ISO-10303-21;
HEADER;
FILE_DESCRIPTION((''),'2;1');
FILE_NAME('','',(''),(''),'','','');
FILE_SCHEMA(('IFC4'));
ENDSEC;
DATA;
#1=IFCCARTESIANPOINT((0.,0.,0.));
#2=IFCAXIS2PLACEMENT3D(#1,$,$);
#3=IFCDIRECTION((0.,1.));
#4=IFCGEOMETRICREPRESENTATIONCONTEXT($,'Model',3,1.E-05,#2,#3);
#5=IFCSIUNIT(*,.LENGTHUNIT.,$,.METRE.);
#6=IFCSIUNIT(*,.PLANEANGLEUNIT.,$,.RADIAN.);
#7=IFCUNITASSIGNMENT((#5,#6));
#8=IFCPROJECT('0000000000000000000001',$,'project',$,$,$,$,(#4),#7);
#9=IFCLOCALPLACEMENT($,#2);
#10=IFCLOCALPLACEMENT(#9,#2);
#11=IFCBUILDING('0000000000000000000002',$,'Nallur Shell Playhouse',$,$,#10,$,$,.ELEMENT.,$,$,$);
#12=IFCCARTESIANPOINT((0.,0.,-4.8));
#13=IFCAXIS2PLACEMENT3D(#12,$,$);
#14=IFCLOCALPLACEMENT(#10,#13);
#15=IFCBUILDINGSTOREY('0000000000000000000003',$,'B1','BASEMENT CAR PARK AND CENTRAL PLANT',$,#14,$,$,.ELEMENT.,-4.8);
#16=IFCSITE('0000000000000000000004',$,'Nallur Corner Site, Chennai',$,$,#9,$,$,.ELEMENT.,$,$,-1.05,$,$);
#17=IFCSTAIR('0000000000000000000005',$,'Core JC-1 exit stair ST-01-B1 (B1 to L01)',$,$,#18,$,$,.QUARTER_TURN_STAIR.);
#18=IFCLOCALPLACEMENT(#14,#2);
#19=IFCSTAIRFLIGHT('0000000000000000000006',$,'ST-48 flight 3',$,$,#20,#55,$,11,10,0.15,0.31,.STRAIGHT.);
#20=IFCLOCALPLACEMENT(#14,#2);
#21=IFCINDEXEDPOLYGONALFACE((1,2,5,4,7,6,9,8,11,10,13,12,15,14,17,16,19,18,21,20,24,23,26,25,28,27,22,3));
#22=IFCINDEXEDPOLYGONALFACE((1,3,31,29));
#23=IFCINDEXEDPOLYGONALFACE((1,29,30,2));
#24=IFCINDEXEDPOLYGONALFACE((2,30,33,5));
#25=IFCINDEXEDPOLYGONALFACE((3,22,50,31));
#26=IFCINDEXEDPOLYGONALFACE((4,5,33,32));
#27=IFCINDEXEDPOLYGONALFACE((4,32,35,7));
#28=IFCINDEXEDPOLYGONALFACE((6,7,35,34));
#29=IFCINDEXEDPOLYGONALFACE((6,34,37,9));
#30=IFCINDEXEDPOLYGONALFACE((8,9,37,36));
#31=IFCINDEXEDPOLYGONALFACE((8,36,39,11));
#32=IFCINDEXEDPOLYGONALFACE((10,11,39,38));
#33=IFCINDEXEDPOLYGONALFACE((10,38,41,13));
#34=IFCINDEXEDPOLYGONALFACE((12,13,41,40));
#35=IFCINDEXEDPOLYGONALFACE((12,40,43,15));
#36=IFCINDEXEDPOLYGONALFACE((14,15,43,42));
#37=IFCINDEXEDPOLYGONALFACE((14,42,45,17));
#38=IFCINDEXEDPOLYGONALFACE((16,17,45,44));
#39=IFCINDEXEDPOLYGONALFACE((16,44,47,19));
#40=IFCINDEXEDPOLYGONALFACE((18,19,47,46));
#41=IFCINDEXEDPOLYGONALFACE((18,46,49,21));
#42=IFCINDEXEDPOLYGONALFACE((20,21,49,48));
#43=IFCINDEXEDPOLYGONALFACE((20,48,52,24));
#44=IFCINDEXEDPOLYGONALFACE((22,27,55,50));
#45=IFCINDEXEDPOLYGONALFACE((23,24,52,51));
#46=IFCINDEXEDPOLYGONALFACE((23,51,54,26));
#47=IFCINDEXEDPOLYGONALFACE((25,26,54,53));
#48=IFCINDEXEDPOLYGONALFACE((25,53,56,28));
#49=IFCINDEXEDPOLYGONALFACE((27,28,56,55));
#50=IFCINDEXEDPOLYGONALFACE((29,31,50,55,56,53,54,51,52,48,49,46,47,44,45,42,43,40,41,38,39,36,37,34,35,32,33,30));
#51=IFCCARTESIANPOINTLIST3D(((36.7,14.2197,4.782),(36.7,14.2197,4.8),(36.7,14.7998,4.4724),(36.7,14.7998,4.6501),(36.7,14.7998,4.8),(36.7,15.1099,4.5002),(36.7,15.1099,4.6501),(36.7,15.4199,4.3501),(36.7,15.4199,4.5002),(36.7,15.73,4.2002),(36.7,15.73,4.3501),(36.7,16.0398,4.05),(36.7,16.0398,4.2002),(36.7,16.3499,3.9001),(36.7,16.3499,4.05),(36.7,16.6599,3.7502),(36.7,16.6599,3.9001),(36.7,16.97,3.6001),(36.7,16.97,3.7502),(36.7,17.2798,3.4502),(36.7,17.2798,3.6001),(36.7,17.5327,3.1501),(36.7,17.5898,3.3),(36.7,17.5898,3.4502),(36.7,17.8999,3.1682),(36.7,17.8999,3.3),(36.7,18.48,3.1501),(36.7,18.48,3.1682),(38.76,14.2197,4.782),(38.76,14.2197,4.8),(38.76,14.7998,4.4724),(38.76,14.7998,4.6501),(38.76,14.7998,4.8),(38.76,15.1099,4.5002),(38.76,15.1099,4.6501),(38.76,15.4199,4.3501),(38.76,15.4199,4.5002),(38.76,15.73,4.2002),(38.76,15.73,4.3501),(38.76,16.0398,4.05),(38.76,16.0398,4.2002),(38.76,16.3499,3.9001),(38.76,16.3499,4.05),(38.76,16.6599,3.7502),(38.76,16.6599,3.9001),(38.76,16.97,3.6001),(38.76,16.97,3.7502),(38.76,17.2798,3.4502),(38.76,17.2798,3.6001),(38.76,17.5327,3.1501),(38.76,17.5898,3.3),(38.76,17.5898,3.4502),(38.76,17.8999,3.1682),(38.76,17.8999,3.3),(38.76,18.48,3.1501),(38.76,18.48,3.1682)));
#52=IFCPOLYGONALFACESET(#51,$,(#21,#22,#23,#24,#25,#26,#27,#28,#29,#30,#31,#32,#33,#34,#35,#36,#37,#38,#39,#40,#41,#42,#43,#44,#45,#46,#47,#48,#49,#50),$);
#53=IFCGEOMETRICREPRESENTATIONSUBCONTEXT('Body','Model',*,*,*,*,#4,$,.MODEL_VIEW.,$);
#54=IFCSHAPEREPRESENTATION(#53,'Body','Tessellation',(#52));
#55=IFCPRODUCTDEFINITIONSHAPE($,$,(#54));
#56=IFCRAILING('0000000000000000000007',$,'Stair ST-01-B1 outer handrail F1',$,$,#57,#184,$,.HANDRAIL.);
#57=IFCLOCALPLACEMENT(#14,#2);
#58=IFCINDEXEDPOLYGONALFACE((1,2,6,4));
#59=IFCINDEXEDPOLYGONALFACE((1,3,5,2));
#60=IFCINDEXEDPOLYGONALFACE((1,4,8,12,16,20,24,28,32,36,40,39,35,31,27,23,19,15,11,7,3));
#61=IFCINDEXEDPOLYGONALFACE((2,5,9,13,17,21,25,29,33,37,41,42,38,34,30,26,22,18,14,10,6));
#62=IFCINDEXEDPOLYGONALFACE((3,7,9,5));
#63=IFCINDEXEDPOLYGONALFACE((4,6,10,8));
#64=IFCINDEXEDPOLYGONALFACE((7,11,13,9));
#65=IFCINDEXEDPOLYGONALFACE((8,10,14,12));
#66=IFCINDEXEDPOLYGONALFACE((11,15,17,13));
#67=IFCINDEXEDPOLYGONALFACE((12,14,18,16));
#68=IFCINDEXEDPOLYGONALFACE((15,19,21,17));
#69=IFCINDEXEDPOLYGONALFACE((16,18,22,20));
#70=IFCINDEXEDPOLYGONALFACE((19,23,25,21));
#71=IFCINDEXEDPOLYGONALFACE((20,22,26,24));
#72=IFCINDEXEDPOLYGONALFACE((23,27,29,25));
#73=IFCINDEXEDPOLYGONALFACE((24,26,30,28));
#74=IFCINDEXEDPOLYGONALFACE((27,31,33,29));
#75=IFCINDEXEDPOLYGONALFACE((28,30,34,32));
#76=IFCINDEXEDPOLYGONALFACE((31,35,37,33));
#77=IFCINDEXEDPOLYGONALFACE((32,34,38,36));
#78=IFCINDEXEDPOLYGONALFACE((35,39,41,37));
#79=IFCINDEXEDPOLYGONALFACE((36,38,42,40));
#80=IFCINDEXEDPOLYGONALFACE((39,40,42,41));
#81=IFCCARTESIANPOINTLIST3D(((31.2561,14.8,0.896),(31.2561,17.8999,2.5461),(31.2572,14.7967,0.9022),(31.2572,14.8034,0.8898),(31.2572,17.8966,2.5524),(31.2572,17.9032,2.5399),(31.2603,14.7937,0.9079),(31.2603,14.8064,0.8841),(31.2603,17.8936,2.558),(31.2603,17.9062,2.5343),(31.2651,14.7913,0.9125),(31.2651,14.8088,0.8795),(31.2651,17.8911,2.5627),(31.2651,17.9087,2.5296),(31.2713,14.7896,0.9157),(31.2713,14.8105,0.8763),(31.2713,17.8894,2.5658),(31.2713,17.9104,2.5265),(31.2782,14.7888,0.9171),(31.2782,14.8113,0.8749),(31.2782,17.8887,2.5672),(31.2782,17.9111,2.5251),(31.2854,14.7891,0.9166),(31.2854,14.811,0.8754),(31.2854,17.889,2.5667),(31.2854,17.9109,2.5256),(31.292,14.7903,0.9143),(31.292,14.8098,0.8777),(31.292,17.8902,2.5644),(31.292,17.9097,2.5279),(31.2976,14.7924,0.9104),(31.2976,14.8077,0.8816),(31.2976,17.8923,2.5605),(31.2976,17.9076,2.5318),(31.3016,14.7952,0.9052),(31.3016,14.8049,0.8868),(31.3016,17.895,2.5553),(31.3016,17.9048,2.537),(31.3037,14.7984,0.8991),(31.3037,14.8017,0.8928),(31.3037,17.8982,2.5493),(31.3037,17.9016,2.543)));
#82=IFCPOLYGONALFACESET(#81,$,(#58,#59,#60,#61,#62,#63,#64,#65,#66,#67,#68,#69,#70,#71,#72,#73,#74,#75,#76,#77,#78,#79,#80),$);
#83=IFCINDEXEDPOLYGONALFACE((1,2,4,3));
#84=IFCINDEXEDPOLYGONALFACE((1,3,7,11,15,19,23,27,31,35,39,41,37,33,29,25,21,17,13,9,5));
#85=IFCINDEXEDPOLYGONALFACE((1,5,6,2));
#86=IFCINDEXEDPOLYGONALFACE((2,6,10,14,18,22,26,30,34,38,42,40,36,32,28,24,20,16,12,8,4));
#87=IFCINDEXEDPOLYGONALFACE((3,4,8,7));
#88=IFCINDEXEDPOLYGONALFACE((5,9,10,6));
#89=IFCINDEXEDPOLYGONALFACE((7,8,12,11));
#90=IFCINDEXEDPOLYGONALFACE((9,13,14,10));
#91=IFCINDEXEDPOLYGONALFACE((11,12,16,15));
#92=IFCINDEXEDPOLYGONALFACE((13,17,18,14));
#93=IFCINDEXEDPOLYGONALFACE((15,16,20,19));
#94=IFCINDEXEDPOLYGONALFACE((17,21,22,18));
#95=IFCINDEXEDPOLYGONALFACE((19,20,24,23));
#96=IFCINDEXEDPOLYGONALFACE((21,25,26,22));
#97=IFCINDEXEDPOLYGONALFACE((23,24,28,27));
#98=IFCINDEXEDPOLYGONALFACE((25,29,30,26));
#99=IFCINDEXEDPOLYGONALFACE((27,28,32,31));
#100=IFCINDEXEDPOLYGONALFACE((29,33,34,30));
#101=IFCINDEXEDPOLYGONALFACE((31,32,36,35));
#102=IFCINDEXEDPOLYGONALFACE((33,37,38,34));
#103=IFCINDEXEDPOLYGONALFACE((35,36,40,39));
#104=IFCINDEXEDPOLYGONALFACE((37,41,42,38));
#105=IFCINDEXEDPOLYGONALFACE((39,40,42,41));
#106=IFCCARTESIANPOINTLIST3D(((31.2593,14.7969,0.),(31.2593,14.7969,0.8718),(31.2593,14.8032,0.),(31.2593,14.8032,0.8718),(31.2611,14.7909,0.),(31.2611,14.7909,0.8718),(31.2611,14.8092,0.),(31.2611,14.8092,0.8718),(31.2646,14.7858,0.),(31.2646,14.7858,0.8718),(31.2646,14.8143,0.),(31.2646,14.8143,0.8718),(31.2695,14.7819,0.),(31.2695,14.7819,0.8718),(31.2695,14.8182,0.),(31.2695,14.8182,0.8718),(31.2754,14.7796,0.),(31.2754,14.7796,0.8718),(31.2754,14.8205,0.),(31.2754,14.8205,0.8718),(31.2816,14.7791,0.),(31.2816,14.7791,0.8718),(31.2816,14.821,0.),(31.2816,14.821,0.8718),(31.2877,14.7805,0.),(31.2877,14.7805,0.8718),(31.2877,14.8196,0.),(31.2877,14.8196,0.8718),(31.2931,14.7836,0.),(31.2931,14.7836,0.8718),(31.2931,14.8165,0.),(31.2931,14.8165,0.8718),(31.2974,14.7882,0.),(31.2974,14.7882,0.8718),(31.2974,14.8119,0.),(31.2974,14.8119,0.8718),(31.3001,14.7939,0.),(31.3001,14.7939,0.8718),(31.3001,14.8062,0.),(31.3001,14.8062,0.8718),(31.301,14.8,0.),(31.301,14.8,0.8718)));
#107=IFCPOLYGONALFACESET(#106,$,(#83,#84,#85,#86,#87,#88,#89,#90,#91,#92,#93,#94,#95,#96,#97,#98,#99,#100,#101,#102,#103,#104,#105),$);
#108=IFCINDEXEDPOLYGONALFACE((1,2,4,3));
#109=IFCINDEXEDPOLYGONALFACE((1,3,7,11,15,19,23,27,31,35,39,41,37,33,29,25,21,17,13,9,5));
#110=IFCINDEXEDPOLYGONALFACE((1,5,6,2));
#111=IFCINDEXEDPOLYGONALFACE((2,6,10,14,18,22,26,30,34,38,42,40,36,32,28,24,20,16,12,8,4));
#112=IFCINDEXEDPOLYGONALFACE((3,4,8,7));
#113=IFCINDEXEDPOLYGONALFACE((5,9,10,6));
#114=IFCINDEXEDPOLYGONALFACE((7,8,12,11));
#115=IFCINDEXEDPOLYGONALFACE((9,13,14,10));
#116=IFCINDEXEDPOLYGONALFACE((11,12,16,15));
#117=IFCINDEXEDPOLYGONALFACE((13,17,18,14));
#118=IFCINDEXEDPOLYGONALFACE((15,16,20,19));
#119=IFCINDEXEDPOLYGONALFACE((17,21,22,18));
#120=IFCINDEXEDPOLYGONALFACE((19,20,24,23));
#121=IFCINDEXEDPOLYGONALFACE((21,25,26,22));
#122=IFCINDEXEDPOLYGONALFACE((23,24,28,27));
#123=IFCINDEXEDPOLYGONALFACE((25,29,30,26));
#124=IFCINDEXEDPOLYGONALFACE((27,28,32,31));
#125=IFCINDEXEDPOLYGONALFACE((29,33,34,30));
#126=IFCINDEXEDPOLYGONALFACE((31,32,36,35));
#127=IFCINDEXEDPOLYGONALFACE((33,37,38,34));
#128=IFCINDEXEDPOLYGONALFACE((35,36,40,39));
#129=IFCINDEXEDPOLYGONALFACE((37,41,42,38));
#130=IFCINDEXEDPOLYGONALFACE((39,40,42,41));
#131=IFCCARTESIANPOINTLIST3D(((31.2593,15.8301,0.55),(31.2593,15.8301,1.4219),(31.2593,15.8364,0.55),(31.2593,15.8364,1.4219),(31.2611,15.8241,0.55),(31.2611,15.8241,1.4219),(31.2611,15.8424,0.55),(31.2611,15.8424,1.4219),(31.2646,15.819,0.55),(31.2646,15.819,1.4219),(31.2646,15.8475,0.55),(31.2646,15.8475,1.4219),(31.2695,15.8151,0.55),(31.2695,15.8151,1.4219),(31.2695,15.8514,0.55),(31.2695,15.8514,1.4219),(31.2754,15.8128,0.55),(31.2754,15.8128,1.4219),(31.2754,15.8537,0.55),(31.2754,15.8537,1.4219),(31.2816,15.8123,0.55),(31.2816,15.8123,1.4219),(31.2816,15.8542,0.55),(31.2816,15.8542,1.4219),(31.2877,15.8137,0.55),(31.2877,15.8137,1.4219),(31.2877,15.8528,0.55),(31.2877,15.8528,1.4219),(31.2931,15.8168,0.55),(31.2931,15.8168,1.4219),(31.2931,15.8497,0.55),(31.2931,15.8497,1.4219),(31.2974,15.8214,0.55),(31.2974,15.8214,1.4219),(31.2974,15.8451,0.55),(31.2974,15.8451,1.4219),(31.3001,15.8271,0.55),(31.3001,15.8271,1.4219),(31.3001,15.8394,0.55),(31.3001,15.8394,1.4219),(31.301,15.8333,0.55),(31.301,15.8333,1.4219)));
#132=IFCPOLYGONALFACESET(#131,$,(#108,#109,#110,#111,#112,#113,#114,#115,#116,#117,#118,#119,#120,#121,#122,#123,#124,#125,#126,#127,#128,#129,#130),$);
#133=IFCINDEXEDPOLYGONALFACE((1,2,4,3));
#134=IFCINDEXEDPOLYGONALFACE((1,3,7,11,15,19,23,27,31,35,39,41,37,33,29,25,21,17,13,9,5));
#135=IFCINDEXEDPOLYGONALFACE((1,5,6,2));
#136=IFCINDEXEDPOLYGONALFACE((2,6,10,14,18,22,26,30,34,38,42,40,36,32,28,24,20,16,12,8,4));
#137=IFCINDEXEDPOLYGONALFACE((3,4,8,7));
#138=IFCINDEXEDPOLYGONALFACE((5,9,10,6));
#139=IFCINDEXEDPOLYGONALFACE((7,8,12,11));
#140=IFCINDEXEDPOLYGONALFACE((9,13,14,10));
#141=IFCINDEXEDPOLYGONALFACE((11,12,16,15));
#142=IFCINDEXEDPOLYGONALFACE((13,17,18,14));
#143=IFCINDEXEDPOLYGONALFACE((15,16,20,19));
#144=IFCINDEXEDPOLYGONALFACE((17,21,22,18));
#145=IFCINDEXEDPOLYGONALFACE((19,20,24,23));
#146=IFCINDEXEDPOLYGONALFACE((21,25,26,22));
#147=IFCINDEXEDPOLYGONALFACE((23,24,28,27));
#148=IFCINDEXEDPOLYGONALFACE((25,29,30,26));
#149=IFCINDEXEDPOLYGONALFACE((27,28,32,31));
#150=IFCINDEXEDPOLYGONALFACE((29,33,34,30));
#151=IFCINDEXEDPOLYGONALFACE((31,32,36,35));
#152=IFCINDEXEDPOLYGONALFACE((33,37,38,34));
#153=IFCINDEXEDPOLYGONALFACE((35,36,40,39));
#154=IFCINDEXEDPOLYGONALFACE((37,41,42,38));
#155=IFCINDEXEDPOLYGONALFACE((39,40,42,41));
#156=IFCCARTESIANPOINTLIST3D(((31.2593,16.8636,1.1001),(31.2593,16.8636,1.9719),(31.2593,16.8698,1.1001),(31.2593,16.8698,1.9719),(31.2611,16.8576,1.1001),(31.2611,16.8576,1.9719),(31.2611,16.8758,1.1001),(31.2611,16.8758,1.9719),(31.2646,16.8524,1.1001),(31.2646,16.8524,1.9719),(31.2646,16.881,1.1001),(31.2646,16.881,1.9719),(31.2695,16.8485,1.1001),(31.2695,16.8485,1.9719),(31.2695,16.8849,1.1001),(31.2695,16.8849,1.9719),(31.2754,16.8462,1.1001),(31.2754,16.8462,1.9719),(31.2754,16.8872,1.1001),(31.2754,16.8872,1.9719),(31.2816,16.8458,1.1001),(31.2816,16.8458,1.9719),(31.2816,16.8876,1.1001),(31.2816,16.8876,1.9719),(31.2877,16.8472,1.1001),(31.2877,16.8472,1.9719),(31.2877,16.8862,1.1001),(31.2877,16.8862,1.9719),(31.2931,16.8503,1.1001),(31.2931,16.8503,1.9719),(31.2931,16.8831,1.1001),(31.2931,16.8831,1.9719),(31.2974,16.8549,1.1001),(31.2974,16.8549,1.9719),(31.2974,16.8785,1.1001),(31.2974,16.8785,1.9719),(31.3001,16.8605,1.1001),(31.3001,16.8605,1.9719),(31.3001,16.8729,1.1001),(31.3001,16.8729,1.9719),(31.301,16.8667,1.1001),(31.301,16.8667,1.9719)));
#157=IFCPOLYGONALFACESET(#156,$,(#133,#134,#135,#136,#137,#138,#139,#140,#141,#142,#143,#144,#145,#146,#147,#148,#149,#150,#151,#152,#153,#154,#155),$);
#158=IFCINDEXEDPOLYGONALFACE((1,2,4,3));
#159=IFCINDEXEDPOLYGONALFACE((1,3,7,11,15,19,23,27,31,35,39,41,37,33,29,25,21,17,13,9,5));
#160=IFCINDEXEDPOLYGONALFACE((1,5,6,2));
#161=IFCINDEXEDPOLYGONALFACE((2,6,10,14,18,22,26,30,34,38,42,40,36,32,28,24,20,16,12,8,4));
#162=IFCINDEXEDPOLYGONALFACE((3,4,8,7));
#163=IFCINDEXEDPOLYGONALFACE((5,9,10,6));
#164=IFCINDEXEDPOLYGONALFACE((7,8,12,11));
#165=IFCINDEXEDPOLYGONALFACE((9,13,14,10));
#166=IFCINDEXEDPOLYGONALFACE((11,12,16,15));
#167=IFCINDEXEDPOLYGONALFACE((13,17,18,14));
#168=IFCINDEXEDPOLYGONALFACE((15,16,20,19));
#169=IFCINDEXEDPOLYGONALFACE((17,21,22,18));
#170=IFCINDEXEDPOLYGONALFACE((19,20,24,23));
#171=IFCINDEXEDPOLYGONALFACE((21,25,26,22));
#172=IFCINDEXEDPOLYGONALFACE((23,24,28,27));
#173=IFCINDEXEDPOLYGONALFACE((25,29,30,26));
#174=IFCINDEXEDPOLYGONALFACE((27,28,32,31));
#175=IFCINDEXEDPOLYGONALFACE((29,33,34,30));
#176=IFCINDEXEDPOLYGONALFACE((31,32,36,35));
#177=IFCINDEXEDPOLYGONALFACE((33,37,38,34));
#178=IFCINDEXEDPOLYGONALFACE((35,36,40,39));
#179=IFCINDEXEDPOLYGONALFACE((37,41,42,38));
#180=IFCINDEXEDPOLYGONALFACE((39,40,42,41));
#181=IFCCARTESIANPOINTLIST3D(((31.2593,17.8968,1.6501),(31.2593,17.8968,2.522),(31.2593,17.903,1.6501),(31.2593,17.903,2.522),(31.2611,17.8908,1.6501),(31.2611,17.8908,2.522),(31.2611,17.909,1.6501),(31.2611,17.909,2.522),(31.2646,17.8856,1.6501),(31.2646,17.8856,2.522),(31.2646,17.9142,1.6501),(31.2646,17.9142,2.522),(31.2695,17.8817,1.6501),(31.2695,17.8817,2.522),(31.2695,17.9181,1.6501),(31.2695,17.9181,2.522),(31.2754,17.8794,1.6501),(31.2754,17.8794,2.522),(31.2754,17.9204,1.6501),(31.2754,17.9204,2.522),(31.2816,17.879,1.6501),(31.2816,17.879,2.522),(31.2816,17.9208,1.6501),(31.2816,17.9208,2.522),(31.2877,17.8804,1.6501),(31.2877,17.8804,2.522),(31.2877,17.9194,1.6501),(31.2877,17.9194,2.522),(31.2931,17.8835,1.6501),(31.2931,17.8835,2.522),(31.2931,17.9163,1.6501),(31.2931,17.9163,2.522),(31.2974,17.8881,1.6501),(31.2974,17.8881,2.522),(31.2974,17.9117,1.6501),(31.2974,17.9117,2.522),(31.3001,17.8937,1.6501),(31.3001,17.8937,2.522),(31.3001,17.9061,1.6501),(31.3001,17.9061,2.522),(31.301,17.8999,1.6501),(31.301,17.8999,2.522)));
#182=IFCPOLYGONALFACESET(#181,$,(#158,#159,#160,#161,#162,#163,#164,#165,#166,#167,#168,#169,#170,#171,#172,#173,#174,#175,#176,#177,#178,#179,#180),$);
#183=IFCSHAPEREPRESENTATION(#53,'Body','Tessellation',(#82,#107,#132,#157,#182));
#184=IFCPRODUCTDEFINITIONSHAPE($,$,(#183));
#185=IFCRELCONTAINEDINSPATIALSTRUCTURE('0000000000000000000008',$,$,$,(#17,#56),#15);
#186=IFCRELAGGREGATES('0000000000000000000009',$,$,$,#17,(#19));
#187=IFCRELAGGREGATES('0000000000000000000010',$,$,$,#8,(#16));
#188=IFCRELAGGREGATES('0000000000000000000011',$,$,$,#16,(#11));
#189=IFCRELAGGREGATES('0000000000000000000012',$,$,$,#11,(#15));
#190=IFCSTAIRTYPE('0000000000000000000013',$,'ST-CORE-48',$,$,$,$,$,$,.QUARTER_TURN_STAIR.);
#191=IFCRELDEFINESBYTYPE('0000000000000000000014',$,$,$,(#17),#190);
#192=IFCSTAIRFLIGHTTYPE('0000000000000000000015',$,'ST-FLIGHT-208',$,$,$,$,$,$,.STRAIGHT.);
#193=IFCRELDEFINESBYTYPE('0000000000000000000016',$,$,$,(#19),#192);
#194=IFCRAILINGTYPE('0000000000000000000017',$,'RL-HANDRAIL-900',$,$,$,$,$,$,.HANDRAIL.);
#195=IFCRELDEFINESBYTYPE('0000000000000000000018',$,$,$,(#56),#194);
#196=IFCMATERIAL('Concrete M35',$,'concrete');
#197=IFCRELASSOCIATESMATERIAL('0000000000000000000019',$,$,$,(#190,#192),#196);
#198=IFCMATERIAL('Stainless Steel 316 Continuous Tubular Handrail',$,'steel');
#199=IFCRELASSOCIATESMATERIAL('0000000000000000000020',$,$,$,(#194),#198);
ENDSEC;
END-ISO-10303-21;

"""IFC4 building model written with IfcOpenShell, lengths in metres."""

from ifc_helpers import new_model, si_unit, direction, frame, origin, origin_2d, place, context, subcontext, project, spatial, polyline, circle, outline, extrude, material, type_object, element, aggregate, save


model = new_model("IFC4")

# Units and contexts
model_context = context("Model", 3, precision=1e-05, world=origin(), true_north=direction((0.0, 1.0)))
body_context = subcontext(model_context, "Body", "Model", "MODEL_VIEW")
ifc_project = project(units=[si_unit("LENGTHUNIT", "METRE"), si_unit("PLANEANGLEUNIT", "RADIAN")], contexts=[model_context])

# Site, building, storey
site_placement = place(None, origin())
site = spatial("IfcSite", under=ifc_project, at=site_placement, Name="Nallur Corner Site, Chennai", CompositionType="ELEMENT", RefElevation=-1.05)
building_placement = place(site_placement, origin())
building = spatial("IfcBuilding", under=site, at=building_placement, Name="Nallur Shell Playhouse", CompositionType="ELEMENT")
storey_placement = place(building_placement, frame((0.0, 0.0, -4.8)))
storey = spatial("IfcBuildingStorey", under=building, at=storey_placement, Name="B1", Description="BASEMENT CAR PARK AND CENTRAL PLANT", CompositionType="ELEMENT", Elevation=-4.8)

# Shared definitions
ifc_material_1 = material(Name="Concrete M35", Category="concrete")

# Stair, stair flight
stair_type = type_object("IfcStairType", Name="ST-CORE-48", PredefinedType="QUARTER_TURN_STAIR", material=ifc_material_1)
stair_placement = place(storey_placement, origin())
stair = element("IfcStair", 1, at=stair_placement, inside=storey, type_object=stair_type, Name="Core JC-1 exit stair ST-01-B1 (B1 to L01)", PredefinedType="QUARTER_TURN_STAIR")
stair_flight_type = type_object("IfcStairFlightType", Name="ST-FLIGHT-208", PredefinedType="STRAIGHT", material=ifc_material_1)
stair_flight_1_placement = place(storey_placement, frame((37.73, 17.8999, 3.1501), z_axis=(0.0, 0.0, 1.0), x_axis=(0.0, -1.0, 0.0)))
stair_flight_1 = element("IfcStairFlight", 2, at=stair_flight_1_placement, type_object=stair_flight_type, Name="ST-48 flight 3", NumberOfRisers=11, NumberOfTreads=10, PredefinedType="STRAIGHT", RiserHeight=0.15, TreadLength=0.31, context=body_context, shape_type="SweptSolid", body=[
    extrude(outline(polyline([(-0.5801, 0.0), (-0.5801, 0.0181), (0.0, 0.0181), (0.0, 0.1499), (0.3101, 0.1499), (0.3101, 0.3), (0.6201, 0.3), (0.6201, 0.45), (0.9299, 0.45), (0.9299, 0.6001), (1.24, 0.6001), (1.24, 0.75), (1.55, 0.75), (1.55, 0.8999), (1.8601, 0.8999), (1.8601, 1.05), (2.1699, 1.05), (2.1699, 1.2), (2.48, 1.2), (2.48, 1.3501), (2.79, 1.3501), (2.79, 1.5), (3.1001, 1.5), (3.1001, 1.6499), (3.6802, 1.6499), (3.6802, 1.6318), (3.1001, 1.3223), (0.3672, 0.0), (-0.5801, 0.0)])), frame((0.0, 1.03, 0.0), z_axis=(0.0, -1.0, 0.0), x_axis=(1.0, 0.0, 0.0)), (0.0, 0.0, 1.0), 2.0601),
])
aggregate(stair, [stair_flight_1])

# Railing
ifc_material_2 = material(Name="Stainless Steel 316 Continuous Tubular Handrail", Category="steel")
railing_type_1 = type_object("IfcRailingType", Name="RL-HANDRAIL-900", PredefinedType="HANDRAIL", material=ifc_material_2)
railing_1_placement = place(storey_placement, frame((31.28, 14.8, 0.0)))
element("IfcRailing", 3, at=railing_1_placement, inside=storey, type_object=railing_type_1, Name="Stair ST-01-B1 outer handrail F1", PredefinedType="HANDRAIL", context=body_context, shape_type="SweptSolid", body=[
    extrude(circle(Radius=0.0239, at=origin_2d()), frame((0.0, 0.0, 0.896), z_axis=(0.0, 0.88272, 0.469899), x_axis=(-1.0, 0.0, 0.0)), (0.0, 0.0, 1.0), 3.5117),
    extrude(circle(Radius=0.021, at=origin_2d()), origin(), (0.0, 0.0, 1.0), 0.8718),
    extrude(circle(Radius=0.021, at=origin_2d()), frame((0.0, 1.0332, 0.55)), (0.0, 0.0, 1.0), 0.8718),
    extrude(circle(Radius=0.021, at=origin_2d()), frame((0.0, 2.0667, 1.1001)), (0.0, 0.0, 1.0), 0.8718),
    extrude(circle(Radius=0.021, at=origin_2d()), frame((0.0, 3.0999, 1.6501)), (0.0, 0.0, 1.0), 0.8718),
])

save(model, "model.ifc")
